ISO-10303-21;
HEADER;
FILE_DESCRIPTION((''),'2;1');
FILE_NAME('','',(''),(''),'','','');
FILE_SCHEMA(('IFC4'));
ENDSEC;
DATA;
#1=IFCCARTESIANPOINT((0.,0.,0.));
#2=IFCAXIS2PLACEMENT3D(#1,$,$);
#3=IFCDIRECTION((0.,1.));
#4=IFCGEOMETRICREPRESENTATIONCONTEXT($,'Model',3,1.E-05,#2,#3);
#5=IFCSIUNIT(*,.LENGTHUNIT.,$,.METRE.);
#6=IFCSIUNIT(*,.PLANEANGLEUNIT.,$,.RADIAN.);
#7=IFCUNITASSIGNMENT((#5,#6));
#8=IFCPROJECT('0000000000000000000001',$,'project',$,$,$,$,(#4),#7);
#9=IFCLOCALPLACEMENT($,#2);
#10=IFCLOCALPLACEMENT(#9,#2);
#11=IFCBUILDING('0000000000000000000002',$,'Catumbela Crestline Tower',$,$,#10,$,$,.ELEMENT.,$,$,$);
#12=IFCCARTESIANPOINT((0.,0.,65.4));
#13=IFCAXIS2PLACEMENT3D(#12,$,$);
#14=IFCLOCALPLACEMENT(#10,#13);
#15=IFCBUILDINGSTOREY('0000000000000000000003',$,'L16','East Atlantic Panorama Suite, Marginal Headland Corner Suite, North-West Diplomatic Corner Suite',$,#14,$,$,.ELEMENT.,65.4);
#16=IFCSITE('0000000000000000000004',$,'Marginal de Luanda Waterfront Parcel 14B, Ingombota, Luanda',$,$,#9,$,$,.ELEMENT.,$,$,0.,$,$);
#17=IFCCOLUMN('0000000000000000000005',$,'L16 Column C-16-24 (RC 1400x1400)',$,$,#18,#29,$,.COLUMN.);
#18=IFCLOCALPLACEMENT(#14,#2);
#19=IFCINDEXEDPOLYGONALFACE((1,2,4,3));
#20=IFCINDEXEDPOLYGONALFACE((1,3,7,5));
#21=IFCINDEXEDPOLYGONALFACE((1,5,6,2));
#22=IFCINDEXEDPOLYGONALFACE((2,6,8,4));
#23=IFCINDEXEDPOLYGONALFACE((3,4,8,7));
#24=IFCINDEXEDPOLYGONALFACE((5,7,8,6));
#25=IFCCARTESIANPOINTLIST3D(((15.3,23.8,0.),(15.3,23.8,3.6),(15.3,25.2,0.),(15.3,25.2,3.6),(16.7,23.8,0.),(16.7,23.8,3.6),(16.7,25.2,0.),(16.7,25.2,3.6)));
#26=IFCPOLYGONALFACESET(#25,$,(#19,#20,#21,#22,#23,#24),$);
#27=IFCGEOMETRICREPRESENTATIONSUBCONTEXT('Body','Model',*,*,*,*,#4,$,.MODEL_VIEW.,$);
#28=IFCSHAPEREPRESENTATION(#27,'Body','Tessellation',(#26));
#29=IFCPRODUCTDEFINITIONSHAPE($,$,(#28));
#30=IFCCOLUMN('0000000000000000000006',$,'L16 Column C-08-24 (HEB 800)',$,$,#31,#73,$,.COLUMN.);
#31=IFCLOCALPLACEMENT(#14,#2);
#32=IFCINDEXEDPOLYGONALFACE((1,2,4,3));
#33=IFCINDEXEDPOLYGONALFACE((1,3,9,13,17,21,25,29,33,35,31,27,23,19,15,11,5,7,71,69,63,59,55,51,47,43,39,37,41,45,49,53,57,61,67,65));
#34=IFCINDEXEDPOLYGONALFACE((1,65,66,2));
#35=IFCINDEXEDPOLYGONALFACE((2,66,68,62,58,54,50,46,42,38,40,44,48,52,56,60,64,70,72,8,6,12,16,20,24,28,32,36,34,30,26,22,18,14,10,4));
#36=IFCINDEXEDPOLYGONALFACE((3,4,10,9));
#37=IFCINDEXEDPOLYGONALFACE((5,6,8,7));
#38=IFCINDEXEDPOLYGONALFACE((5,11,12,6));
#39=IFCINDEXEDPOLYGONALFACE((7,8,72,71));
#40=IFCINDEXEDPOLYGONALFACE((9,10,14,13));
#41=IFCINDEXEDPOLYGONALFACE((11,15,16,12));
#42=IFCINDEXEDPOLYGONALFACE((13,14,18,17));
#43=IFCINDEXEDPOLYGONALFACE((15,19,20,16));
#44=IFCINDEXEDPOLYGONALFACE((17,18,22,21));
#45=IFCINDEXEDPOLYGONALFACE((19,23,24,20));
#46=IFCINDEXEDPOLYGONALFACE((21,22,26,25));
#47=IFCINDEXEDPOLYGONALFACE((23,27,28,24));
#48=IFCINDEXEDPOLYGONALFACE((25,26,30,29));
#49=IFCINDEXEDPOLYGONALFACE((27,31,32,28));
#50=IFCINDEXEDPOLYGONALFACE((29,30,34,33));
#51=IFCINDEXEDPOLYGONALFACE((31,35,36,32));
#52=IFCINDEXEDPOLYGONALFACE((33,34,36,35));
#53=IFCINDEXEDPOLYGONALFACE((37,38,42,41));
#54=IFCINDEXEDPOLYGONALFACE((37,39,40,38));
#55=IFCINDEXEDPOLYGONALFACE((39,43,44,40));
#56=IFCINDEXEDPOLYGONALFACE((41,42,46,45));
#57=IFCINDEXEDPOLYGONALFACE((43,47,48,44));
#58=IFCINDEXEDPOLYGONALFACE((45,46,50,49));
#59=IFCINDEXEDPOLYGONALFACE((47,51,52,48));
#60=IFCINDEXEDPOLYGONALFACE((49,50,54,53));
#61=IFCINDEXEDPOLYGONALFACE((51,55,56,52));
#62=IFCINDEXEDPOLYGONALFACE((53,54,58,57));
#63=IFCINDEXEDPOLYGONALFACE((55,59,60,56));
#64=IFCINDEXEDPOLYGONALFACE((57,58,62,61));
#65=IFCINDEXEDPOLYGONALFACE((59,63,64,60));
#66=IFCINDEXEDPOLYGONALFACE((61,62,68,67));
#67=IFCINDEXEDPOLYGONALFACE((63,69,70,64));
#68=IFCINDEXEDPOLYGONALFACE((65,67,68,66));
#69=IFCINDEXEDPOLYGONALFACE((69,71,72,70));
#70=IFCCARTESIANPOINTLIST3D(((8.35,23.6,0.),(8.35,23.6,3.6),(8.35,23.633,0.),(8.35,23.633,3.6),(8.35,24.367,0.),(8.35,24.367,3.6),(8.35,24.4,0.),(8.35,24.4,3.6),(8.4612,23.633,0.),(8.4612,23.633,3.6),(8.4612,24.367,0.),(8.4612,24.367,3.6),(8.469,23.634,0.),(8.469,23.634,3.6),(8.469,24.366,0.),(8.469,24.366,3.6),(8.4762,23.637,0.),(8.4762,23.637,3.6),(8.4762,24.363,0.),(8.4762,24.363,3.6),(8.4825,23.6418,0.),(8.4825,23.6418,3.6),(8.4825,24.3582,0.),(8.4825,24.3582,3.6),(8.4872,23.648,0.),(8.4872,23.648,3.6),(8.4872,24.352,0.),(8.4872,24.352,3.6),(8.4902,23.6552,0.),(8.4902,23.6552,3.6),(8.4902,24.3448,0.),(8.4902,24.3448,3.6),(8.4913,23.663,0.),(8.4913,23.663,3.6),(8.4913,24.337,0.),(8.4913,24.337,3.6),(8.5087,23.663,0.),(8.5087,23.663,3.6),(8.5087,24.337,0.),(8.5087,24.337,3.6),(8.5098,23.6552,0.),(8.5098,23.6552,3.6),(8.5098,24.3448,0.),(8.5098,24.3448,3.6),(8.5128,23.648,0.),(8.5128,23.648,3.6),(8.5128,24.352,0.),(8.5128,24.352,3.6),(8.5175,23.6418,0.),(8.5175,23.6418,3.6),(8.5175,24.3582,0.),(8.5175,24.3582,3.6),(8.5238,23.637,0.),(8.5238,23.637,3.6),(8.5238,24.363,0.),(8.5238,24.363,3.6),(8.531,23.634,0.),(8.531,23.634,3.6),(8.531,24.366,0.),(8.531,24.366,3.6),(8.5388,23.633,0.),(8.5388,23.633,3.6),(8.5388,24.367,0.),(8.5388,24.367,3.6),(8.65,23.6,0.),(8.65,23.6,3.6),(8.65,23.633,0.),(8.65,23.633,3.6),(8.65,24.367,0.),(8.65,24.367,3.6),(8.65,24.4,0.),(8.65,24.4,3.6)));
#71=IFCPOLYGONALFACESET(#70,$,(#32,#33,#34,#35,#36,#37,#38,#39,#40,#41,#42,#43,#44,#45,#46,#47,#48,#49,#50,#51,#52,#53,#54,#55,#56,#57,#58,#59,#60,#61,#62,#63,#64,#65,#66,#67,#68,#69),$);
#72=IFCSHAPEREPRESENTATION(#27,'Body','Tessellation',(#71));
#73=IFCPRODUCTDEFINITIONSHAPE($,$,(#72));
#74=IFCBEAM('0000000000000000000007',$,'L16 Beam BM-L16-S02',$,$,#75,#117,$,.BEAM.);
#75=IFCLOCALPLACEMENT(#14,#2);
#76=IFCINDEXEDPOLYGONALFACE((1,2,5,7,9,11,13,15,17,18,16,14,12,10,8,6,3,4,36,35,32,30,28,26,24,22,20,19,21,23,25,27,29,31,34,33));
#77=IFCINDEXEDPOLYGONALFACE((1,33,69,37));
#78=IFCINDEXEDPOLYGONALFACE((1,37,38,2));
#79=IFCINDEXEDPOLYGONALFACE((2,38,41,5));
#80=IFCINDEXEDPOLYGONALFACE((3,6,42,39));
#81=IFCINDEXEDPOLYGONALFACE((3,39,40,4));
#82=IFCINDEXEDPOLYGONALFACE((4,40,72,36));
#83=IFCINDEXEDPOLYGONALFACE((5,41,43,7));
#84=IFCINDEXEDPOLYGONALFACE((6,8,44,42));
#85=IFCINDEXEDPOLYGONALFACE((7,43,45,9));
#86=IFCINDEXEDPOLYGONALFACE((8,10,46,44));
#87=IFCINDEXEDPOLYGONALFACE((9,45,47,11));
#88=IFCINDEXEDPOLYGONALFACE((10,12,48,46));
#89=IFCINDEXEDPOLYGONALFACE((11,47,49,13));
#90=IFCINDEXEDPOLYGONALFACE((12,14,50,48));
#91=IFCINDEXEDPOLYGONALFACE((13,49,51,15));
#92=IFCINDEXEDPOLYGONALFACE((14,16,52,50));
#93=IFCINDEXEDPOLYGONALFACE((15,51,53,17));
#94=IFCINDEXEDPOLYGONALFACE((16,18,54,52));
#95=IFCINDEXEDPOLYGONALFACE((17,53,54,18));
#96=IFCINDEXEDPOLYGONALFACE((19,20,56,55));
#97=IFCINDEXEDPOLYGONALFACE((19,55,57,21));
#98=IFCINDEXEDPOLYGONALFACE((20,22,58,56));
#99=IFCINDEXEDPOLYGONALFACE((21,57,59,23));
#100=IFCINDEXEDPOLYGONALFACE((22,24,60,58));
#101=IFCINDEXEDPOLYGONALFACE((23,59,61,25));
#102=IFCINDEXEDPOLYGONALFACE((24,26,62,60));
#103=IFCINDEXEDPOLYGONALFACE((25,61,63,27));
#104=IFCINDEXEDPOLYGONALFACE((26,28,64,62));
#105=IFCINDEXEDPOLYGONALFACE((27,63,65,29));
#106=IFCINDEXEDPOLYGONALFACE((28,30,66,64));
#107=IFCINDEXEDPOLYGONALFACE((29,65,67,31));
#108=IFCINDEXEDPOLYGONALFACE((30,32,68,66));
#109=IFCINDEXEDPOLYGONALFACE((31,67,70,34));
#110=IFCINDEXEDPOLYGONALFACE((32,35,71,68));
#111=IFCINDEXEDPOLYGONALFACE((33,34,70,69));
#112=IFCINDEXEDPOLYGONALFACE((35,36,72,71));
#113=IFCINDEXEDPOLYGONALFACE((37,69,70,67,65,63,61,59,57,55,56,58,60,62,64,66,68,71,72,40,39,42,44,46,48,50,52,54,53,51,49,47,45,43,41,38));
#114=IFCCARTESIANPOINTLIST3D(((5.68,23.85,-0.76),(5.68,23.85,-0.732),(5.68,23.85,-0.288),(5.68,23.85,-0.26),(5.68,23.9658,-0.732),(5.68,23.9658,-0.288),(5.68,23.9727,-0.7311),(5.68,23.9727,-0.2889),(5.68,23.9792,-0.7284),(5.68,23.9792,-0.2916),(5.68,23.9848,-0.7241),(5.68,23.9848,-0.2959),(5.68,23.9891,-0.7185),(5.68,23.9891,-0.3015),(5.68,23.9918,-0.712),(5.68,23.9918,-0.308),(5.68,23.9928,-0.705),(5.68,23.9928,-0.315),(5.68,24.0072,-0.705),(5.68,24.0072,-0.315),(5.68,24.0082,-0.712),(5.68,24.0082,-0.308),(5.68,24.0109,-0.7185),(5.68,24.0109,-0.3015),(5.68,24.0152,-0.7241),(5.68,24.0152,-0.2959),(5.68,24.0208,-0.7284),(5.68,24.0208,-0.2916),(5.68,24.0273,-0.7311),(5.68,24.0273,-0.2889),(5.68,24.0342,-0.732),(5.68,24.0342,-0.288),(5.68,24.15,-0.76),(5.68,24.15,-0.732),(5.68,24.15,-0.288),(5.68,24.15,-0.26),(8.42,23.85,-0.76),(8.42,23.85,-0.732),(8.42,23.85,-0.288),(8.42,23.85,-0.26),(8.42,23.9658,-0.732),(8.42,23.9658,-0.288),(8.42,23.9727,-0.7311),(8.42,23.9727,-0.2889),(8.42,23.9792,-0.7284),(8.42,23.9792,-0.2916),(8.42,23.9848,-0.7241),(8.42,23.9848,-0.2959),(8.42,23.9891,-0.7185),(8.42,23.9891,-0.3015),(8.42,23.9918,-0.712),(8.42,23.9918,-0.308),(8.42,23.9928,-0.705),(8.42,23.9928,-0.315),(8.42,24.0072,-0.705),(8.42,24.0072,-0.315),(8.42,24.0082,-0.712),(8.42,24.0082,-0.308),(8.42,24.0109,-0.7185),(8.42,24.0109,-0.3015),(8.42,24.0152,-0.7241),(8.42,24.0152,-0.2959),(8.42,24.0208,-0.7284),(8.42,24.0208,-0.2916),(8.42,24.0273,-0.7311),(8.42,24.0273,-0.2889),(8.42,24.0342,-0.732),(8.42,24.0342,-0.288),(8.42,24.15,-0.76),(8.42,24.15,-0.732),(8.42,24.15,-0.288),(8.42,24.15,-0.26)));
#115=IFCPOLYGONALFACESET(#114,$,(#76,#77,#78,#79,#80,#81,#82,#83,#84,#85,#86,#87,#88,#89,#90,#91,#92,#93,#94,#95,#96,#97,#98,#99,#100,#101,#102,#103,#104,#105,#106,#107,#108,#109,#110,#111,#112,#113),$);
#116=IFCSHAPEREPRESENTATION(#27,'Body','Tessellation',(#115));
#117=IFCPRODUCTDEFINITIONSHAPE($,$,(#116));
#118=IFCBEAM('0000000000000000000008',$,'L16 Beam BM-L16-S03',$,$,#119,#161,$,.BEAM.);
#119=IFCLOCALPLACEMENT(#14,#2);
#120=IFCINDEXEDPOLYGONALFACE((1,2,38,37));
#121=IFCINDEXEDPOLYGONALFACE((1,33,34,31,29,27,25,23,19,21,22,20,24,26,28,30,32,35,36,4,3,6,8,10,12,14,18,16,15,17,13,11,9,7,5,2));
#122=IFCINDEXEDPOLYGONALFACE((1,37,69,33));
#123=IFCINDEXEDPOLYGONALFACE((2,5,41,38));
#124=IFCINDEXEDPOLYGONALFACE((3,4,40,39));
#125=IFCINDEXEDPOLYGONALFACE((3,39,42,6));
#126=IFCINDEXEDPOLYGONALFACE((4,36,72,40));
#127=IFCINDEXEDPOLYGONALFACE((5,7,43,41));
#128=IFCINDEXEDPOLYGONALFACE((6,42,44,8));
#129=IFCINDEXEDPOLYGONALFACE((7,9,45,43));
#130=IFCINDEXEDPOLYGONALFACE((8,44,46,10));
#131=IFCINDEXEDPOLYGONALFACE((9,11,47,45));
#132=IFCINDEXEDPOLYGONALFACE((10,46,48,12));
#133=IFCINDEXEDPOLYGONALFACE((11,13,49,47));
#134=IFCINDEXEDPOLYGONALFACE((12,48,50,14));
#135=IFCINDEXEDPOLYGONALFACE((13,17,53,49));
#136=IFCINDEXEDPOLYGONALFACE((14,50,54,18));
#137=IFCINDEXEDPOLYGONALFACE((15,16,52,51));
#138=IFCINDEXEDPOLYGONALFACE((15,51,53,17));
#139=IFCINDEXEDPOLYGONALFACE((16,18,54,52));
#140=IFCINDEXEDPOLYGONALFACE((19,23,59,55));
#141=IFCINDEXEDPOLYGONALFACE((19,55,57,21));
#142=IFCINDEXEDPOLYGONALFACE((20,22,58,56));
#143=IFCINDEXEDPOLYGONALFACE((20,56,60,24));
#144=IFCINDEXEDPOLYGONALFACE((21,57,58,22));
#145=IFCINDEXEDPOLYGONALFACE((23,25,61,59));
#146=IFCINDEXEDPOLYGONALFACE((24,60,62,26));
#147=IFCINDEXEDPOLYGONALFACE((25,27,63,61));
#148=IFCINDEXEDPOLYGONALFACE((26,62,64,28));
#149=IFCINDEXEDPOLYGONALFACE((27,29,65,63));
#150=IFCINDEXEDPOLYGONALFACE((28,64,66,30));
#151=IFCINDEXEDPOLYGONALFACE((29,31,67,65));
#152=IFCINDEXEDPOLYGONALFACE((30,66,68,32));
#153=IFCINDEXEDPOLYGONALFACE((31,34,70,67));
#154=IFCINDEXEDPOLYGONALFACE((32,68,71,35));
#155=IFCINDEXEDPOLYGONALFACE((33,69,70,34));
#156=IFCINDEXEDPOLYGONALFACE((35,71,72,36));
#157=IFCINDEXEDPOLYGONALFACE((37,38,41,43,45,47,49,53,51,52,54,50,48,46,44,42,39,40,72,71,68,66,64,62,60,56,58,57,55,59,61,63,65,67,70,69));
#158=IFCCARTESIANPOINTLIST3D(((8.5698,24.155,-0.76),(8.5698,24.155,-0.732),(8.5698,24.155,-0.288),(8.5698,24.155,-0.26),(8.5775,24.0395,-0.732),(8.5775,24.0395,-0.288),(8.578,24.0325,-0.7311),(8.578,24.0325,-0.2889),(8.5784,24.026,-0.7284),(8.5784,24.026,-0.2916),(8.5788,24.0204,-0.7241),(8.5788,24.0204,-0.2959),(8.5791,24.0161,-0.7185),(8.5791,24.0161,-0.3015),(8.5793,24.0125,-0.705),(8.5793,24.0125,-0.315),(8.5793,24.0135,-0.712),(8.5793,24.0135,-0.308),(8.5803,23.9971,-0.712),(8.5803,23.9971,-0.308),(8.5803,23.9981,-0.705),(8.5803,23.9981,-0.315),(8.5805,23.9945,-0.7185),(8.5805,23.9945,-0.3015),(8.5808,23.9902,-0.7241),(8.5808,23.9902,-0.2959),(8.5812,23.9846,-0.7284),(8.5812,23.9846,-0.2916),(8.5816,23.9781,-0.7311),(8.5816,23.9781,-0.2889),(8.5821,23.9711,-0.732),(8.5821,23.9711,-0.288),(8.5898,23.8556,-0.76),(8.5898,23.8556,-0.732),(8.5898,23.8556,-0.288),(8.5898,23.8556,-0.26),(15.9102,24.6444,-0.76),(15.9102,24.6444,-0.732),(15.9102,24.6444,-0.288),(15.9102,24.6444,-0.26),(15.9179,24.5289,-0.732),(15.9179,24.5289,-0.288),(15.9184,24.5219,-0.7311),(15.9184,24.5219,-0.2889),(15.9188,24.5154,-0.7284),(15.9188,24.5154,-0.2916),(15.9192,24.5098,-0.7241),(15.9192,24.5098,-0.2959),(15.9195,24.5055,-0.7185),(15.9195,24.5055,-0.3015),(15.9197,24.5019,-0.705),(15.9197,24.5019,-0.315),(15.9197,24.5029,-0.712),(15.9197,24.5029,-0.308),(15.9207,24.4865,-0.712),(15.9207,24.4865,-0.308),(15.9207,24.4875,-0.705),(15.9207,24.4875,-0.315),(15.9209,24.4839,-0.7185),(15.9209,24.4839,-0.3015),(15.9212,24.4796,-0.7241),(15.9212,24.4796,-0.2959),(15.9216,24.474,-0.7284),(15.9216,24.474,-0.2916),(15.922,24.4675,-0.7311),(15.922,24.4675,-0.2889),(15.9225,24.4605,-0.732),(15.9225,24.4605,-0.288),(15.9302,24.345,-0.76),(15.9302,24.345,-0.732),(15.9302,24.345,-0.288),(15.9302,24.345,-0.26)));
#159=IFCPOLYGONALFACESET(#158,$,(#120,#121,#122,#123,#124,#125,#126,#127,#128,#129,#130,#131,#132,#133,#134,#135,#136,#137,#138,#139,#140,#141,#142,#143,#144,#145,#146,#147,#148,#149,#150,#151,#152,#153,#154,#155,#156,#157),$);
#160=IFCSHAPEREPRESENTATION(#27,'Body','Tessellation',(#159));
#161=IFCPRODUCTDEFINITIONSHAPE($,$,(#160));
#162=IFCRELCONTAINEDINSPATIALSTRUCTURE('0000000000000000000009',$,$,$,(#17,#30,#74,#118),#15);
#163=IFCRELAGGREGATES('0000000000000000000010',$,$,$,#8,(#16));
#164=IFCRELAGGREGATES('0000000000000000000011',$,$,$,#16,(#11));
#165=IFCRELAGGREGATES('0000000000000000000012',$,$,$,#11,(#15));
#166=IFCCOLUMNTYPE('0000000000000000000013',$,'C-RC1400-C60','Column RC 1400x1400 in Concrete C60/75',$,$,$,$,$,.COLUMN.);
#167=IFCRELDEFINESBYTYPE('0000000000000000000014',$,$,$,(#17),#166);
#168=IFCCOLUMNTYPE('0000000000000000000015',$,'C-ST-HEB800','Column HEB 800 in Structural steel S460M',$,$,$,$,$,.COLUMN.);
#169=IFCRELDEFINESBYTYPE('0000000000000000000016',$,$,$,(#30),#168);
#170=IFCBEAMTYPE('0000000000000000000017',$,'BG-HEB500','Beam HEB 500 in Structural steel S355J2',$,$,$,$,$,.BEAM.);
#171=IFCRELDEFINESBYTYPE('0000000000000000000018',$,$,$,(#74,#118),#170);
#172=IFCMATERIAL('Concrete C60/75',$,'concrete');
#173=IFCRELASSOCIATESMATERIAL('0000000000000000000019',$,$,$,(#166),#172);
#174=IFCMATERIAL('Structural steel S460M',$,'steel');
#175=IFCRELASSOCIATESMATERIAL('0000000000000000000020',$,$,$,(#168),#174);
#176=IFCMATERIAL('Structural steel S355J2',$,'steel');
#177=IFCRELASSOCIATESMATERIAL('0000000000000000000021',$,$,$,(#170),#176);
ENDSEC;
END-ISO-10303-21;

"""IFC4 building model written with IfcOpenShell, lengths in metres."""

from ifc_helpers import new_model, si_unit, direction, frame, origin, origin_2d, place, context, subcontext, project, spatial, rectangle, i_section, extrude, material, material_profile, profile_set, type_object, element, save


model = new_model("IFC4")

# Units and contexts
model_context = context("Model", 3, precision=1e-05, world=origin(), true_north=direction((0.0, 1.0)))
body_context = subcontext(model_context, "Body", "Model", "MODEL_VIEW")
ifc_project = project(units=[si_unit("LENGTHUNIT", "METRE"), si_unit("PLANEANGLEUNIT", "RADIAN")], contexts=[model_context])

# Site, building, storey
site_placement = place(None, origin())
site = spatial("IfcSite", under=ifc_project, at=site_placement, Name="Marginal de Luanda Waterfront Parcel 14B, Ingombota, Luanda", CompositionType="ELEMENT", RefElevation=0.0)
building_placement = place(site_placement, origin())
building = spatial("IfcBuilding", under=site, at=building_placement, Name="Catumbela Crestline Tower", CompositionType="ELEMENT")
storey_placement = place(building_placement, frame((0.0, 0.0, 65.4)))
storey = spatial("IfcBuildingStorey", under=building, at=storey_placement, Name="L16", Description="East Atlantic Panorama Suite, Marginal Headland Corner Suite, North-West Diplomatic Corner Suite", CompositionType="ELEMENT", Elevation=65.4)

# Columns
ifc_material_1 = material(Name="Concrete C60/75", Category="concrete")
ifc_material_profile_1 = material_profile(ifc_material_1, rectangle(XDim=1.4, YDim=1.4, at=origin_2d()), Name="RC 1400x1400")
ifc_profile_set_1 = profile_set([ifc_material_profile_1], Name="Concrete C60/75")
column_type_1 = type_object("IfcColumnType", Name="C-RC1400-C60", Description="Column RC 1400x1400 in Concrete C60/75", PredefinedType="COLUMN", material=ifc_profile_set_1)
column_1_placement = place(storey_placement, frame((16.0, 24.5, 0.0), z_axis=(0.0, 0.0, 1.0), x_axis=(1.0, 0.0, 0.0)))
element("IfcColumn", 1, at=column_1_placement, inside=storey, type_object=column_type_1, Name="L16 Column C-16-24 (RC 1400x1400)", PredefinedType="COLUMN", context=body_context, shape_type="SweptSolid", body=[
    extrude(rectangle(XDim=1.4, YDim=1.4, at=origin_2d()), origin(), (0.0, 0.0, 1.0), 3.6),
])
ifc_material_2 = material(Name="Structural steel S460M", Category="steel")
ifc_material_profile_2 = material_profile(ifc_material_2, i_section(OverallWidth=0.3, OverallDepth=0.8, WebThickness=0.0175, FlangeThickness=0.033, FilletRadius=0.03, at=origin_2d()), Name="HEB 800")
ifc_profile_set_2 = profile_set([ifc_material_profile_2], Name="Structural steel S460M")
column_type_2 = type_object("IfcColumnType", Name="C-ST-HEB800", Description="Column HEB 800 in Structural steel S460M", PredefinedType="COLUMN", material=ifc_profile_set_2)
column_2_placement = place(storey_placement, frame((8.5, 24.0, 0.0), z_axis=(0.0, 0.0, 1.0), x_axis=(1.0, 0.0, 0.0)))
element("IfcColumn", 2, at=column_2_placement, inside=storey, type_object=column_type_2, Name="L16 Column C-08-24 (HEB 800)", PredefinedType="COLUMN", context=body_context, shape_type="SweptSolid", body=[
    extrude(i_section(OverallWidth=0.3, OverallDepth=0.8, WebThickness=0.0175, FlangeThickness=0.033, FilletRadius=0.03, at=origin_2d()), origin(), (0.0, 0.0, 1.0), 3.6),
])

# Beams
ifc_material_3 = material(Name="Structural steel S355J2", Category="steel")
ifc_material_profile_3 = material_profile(ifc_material_3, i_section(OverallWidth=0.3, OverallDepth=0.5, WebThickness=0.0145, FlangeThickness=0.028, FilletRadius=0.027, at=origin_2d()), Name="HEB 500")
ifc_profile_set_3 = profile_set([ifc_material_profile_3], Name="Structural steel S355J2")
beam_type_1 = type_object("IfcBeamType", Name="BG-HEB500", Description="Beam HEB 500 in Structural steel S355J2", PredefinedType="BEAM", material=ifc_profile_set_3)
beam_1_placement = place(storey_placement, frame((5.68, 24.0, -0.51), z_axis=(1.0, 0.0, 0.0), x_axis=(0.0, 1.0, 0.0)))
element("IfcBeam", 3, at=beam_1_placement, inside=storey, type_object=beam_type_1, Name="L16 Beam BM-L16-S02", PredefinedType="BEAM", context=body_context, shape_type="SweptSolid", body=[
    extrude(i_section(OverallWidth=0.3, OverallDepth=0.5, WebThickness=0.0145, FlangeThickness=0.028, FilletRadius=0.027, at=origin_2d()), origin(), (0.0, 0.0, 1.0), 2.74),
])
beam_2_placement = place(storey_placement, frame((8.5798, 24.0053, -0.51), z_axis=(0.997785, 0.066524, 0.0), x_axis=(-0.066524, 0.997785, 0.0)))
element("IfcBeam", 4, at=beam_2_placement, inside=storey, type_object=beam_type_1, Name="L16 Beam BM-L16-S03", PredefinedType="BEAM", context=body_context, shape_type="SweptSolid", body=[
    extrude(i_section(OverallWidth=0.3, OverallDepth=0.5, WebThickness=0.0145, FlangeThickness=0.028, FilletRadius=0.027, at=origin_2d()), origin(), (0.0, 0.0, 1.0), 7.3567),
])

save(model, "model.ifc")
